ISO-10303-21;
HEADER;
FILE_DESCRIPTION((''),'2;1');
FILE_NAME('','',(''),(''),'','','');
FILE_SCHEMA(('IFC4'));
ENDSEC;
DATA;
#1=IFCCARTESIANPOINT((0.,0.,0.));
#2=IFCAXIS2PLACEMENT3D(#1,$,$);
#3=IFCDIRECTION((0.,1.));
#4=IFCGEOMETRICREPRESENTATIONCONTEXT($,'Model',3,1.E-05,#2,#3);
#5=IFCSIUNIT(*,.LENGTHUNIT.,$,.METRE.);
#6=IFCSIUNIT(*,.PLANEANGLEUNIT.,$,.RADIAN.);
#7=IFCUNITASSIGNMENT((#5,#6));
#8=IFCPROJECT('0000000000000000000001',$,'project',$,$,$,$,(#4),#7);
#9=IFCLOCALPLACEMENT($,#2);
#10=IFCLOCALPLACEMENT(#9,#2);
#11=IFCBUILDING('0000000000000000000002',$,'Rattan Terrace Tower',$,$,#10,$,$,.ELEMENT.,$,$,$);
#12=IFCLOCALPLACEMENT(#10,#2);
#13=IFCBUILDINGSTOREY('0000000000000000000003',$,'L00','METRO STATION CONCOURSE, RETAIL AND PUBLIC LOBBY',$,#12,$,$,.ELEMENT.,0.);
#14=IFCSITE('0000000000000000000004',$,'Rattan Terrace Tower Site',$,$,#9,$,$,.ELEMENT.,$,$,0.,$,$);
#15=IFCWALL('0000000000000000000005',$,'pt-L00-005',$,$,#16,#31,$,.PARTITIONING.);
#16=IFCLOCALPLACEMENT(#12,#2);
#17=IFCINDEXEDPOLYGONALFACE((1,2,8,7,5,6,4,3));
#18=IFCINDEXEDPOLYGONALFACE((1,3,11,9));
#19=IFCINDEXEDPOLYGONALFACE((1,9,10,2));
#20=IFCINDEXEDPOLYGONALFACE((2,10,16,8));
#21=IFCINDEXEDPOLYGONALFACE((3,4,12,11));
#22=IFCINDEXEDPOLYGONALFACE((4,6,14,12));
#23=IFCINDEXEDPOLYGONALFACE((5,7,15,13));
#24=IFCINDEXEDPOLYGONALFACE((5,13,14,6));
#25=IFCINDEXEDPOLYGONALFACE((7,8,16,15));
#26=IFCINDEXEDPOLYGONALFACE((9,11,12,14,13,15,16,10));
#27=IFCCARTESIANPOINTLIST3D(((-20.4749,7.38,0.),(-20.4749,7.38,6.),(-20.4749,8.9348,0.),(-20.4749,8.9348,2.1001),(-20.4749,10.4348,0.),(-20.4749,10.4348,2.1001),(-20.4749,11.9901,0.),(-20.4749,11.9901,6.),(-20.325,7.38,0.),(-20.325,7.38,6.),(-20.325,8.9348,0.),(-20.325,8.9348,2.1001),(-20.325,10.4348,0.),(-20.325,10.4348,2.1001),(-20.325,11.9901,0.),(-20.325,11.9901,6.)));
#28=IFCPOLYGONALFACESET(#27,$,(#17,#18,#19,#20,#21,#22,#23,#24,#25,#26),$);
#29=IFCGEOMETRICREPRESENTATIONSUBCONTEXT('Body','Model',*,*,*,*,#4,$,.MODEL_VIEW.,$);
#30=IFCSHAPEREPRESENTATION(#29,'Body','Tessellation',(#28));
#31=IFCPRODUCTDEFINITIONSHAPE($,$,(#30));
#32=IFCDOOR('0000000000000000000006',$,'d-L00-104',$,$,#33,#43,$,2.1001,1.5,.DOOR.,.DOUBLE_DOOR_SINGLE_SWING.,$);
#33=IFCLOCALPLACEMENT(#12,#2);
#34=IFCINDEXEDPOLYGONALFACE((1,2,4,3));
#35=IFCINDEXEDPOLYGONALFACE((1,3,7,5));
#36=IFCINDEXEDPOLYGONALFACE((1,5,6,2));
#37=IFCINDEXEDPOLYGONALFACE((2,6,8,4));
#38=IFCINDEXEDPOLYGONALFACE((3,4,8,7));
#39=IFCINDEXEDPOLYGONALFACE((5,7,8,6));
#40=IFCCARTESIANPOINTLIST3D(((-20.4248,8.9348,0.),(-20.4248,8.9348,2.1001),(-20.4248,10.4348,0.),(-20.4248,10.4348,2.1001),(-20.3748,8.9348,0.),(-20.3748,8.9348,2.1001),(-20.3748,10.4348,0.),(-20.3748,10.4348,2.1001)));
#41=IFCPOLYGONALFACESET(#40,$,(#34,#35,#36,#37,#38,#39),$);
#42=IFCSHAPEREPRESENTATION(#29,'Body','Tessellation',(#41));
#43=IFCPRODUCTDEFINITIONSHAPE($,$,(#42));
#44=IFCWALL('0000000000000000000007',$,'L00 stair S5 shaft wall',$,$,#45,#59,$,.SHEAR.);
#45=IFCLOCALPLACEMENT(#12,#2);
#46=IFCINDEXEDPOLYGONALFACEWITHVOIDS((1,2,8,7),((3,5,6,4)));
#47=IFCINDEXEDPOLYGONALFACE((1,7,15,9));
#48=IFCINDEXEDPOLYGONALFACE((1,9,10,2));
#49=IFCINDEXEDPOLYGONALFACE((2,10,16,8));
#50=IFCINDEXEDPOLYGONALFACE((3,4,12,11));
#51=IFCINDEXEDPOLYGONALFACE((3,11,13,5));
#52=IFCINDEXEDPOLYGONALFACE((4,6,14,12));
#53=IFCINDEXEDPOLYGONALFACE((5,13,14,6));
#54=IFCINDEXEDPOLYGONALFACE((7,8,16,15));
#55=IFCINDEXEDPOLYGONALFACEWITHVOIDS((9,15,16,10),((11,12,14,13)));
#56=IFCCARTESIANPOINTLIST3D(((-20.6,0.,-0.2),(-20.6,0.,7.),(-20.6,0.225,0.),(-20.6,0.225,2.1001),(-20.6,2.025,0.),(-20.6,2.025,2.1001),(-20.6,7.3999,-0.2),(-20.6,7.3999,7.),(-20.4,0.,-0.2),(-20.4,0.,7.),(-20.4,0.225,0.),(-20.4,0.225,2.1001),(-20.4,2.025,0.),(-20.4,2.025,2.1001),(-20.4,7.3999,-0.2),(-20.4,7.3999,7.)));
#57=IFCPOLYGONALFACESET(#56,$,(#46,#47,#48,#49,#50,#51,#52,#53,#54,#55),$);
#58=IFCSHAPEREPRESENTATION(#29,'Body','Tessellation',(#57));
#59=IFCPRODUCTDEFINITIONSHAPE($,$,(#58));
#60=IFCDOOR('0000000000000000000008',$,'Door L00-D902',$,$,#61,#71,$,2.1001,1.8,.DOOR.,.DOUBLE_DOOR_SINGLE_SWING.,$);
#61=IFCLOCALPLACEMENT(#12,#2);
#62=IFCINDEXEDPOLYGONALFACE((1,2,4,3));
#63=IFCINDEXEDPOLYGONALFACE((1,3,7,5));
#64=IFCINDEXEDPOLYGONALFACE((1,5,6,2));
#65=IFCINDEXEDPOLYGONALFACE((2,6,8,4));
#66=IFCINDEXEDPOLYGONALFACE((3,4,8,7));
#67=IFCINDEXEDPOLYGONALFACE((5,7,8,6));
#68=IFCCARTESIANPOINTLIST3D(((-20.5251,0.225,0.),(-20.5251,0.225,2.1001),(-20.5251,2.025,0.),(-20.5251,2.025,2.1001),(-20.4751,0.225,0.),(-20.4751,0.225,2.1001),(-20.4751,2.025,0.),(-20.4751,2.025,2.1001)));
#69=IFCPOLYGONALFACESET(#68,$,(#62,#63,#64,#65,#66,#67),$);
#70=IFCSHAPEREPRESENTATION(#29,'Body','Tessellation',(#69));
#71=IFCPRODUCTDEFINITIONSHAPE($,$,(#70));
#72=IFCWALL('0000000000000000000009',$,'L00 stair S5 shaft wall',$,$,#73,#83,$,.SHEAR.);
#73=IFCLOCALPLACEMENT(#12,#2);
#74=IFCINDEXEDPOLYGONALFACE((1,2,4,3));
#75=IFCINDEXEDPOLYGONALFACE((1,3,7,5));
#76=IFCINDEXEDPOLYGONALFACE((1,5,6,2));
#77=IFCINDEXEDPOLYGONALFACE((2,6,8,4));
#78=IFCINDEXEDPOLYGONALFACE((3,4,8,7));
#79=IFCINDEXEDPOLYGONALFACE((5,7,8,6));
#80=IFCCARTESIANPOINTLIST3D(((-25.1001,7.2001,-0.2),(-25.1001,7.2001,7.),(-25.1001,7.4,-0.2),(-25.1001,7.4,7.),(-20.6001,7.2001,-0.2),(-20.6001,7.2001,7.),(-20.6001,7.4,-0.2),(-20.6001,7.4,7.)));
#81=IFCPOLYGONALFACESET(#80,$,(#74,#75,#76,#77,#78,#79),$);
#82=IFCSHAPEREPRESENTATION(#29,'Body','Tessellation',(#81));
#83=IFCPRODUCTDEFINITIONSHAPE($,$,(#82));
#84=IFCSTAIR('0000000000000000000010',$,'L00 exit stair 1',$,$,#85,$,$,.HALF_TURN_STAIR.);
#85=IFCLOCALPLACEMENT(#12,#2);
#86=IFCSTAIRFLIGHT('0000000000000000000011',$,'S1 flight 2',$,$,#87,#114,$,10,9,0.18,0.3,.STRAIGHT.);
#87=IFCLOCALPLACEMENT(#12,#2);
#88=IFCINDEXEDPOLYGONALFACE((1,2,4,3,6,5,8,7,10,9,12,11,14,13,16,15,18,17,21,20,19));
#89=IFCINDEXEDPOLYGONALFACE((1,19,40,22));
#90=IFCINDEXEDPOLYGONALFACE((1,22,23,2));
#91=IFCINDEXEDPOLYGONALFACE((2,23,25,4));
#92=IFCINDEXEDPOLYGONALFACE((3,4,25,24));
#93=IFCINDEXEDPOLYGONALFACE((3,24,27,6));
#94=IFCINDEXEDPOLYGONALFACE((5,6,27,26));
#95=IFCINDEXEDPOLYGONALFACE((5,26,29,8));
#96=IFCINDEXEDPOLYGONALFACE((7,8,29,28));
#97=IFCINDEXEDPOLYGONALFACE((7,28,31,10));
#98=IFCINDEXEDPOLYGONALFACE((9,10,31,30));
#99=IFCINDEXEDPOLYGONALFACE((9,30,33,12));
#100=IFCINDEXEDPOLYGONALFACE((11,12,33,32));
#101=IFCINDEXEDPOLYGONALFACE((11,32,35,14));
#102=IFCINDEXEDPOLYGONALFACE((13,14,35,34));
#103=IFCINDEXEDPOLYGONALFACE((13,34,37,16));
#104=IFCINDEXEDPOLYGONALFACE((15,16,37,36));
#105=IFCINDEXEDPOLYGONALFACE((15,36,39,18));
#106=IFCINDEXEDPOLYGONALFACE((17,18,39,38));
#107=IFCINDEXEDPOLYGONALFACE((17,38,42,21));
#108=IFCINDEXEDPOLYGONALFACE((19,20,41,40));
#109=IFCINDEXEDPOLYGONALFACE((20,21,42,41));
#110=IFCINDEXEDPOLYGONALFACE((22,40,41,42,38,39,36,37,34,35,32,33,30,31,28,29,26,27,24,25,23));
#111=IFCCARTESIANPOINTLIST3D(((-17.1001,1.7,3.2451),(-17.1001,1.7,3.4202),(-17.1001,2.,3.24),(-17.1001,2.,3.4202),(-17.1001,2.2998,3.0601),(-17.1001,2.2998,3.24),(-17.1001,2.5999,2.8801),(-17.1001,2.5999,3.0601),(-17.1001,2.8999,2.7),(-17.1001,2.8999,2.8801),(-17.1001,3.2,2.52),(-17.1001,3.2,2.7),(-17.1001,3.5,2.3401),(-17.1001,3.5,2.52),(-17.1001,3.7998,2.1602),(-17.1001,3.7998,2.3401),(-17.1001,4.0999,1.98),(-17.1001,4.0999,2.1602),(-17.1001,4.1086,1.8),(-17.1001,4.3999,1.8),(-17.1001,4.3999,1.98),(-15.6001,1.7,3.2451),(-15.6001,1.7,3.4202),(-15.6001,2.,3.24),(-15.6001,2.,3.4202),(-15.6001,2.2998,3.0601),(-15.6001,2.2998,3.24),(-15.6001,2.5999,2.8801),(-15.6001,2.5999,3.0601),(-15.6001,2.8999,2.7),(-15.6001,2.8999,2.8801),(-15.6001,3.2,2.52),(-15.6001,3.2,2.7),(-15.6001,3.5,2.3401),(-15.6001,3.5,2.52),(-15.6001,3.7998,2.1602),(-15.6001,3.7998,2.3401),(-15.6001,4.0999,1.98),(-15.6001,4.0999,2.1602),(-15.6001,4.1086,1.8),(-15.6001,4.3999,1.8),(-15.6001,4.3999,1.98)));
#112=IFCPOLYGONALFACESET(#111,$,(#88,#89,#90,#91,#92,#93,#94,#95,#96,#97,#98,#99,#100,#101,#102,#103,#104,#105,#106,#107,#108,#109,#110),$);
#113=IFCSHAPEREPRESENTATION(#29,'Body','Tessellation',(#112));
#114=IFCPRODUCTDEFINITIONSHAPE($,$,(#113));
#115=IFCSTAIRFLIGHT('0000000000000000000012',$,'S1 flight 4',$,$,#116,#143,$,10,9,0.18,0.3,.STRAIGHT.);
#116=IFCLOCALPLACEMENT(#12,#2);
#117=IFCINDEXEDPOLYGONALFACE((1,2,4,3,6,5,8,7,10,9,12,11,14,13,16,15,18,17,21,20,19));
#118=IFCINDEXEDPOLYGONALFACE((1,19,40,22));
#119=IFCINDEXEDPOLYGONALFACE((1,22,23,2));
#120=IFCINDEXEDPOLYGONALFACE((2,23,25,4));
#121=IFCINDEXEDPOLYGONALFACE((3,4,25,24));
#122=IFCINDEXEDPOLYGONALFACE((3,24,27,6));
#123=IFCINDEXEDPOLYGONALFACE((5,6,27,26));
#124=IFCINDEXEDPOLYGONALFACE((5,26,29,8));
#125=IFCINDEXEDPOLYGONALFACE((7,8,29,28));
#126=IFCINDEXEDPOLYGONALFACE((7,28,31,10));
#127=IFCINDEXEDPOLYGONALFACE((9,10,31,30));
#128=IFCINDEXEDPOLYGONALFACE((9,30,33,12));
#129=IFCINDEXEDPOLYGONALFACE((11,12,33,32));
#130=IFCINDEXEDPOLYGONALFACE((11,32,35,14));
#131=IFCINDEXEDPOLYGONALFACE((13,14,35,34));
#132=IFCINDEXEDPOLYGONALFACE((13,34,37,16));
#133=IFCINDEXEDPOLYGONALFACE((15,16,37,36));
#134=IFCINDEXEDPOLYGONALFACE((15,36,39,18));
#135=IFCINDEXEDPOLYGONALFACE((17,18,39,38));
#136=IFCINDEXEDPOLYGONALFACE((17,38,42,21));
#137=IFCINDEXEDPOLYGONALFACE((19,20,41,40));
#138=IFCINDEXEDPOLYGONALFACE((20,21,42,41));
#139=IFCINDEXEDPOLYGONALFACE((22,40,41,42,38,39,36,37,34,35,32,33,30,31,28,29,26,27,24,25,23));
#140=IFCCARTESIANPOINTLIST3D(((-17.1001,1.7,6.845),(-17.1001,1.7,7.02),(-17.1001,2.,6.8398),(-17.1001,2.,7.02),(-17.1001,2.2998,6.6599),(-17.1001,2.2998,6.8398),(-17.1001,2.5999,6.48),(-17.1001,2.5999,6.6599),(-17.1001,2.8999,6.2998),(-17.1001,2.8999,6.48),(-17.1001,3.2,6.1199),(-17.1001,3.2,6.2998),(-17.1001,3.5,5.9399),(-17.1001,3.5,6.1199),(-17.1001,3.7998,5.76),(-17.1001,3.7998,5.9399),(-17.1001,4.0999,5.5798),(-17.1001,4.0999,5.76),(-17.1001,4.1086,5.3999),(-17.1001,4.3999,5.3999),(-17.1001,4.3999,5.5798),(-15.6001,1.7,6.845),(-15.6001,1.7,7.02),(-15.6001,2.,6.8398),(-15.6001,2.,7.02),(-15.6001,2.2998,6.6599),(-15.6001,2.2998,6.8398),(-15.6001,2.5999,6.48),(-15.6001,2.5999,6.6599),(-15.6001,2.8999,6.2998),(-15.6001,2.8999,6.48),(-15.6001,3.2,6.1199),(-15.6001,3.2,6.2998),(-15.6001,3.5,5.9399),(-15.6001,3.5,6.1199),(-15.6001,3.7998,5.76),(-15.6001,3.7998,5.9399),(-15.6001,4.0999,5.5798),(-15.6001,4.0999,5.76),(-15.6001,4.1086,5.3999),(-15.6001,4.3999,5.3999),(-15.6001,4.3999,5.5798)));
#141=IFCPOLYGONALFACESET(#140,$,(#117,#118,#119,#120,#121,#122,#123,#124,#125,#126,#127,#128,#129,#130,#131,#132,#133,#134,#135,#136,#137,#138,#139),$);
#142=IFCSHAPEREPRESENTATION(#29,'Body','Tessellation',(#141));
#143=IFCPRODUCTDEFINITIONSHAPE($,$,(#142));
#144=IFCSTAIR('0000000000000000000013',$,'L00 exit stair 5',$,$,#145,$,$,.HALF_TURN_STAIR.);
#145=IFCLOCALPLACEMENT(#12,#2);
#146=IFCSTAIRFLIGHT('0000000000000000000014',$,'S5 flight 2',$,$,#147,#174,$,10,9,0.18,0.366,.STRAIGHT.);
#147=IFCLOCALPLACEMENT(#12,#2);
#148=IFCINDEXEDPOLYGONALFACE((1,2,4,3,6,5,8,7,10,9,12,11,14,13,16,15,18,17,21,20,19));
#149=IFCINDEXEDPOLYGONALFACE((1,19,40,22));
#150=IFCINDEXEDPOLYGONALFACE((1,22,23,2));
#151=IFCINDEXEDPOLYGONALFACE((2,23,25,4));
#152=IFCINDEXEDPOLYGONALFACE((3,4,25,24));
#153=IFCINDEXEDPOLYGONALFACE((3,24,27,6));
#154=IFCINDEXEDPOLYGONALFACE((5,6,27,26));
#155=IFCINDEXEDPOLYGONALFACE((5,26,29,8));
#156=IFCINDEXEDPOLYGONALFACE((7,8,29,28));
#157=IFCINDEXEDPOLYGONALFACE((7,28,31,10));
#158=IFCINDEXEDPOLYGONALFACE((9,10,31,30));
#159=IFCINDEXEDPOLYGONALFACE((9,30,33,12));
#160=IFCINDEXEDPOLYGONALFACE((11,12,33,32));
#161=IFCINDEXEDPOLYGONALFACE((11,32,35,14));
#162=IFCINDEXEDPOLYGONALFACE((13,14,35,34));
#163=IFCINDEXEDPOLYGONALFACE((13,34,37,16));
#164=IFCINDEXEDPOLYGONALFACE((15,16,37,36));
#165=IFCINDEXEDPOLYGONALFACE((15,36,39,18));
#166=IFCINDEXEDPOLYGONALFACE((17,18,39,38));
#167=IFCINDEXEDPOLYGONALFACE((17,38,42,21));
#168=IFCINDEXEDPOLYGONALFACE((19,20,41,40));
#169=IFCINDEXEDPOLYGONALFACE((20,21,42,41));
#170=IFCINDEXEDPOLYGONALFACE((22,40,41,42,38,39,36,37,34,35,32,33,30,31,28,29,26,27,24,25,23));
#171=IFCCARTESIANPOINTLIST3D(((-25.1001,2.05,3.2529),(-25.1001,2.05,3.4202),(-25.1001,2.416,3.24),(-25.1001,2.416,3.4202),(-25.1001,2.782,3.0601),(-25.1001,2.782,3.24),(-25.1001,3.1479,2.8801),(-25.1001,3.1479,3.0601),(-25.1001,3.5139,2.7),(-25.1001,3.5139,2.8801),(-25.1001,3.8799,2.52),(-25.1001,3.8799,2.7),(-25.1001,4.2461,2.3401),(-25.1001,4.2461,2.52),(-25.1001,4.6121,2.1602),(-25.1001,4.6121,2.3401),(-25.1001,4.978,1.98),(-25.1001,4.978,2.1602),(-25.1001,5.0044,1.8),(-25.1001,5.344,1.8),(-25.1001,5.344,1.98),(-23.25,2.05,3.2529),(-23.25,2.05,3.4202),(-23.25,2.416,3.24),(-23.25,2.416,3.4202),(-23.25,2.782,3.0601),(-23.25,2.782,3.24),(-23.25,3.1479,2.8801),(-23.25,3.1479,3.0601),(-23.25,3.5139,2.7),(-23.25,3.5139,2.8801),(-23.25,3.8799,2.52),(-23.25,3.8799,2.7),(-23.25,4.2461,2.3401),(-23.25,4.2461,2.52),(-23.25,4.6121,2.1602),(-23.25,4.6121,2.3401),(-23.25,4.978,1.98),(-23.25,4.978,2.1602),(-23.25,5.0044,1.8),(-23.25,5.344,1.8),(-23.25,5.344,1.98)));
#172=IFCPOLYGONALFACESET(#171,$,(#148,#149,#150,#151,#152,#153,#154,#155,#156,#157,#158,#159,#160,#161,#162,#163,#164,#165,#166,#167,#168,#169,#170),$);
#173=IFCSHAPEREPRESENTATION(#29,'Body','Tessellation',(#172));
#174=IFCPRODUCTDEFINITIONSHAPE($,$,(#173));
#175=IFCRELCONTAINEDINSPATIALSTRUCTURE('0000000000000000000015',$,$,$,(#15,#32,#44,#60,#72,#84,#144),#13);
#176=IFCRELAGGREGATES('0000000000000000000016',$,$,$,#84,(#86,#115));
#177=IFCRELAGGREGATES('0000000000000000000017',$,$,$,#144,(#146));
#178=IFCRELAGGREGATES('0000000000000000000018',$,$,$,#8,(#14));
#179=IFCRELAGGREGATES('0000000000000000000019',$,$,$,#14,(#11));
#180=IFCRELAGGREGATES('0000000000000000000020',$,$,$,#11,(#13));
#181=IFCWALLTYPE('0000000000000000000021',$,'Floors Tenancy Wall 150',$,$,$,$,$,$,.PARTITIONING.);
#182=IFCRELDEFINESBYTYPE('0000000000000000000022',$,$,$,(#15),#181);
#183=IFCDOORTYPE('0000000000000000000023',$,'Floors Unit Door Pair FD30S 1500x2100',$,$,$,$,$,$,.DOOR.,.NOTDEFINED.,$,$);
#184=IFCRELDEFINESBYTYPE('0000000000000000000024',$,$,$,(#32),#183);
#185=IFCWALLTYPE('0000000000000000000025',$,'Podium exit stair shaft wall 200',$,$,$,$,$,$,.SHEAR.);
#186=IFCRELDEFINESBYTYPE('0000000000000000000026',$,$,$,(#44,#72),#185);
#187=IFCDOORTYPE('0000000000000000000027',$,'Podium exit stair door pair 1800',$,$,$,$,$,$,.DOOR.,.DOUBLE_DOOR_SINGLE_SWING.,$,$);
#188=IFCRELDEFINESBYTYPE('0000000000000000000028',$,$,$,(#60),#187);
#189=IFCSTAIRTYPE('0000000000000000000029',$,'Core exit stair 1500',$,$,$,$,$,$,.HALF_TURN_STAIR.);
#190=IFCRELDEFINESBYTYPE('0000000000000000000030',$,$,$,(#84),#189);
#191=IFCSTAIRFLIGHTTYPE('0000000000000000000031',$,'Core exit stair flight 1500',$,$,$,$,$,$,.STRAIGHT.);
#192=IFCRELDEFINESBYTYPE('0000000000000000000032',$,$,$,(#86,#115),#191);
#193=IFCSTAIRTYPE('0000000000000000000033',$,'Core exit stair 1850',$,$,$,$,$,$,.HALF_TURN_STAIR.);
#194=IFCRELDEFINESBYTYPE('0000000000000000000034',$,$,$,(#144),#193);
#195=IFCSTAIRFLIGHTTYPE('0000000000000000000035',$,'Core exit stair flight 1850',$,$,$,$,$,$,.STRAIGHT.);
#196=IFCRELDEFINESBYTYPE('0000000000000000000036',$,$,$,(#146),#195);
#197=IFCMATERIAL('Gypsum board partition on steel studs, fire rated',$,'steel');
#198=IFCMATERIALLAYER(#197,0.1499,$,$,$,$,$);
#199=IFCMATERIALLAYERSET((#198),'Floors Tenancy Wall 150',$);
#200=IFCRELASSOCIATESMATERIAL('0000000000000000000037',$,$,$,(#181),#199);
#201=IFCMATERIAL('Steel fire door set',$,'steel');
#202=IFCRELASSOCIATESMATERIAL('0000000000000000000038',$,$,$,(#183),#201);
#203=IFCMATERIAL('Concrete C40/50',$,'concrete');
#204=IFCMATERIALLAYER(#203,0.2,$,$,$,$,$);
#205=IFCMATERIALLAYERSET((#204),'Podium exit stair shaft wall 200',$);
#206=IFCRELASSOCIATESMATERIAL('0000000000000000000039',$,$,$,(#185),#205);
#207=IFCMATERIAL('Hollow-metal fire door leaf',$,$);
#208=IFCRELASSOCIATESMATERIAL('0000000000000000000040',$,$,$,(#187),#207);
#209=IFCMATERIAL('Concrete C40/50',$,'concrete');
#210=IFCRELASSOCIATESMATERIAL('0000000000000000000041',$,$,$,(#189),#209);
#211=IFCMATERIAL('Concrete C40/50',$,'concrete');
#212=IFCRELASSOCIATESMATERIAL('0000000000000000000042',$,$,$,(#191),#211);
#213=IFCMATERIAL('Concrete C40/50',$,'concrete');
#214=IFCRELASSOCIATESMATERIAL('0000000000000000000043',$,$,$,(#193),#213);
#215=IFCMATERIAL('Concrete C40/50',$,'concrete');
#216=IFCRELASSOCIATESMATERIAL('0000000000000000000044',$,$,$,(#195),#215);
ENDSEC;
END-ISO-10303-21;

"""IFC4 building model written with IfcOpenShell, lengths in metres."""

from ifc_helpers import new_model, si_unit, direction, frame, frame_2d, origin, place, context, subcontext, project, spatial, polyline, rectangle, outline, extrude, material, layer, layer_set, type_object, element, fill, aggregate, save


model = new_model("IFC4")

# Units and contexts
model_context = context("Model", 3, precision=1e-05, world=origin(), true_north=direction((0.0, 1.0)))
body_context = subcontext(model_context, "Body", "Model", "MODEL_VIEW")
ifc_project = project(units=[si_unit("LENGTHUNIT", "METRE"), si_unit("PLANEANGLEUNIT", "RADIAN")], contexts=[model_context])

# Site, building, storey
site_placement = place(None, origin())
site = spatial("IfcSite", under=ifc_project, at=site_placement, Name="Rattan Terrace Tower Site", CompositionType="ELEMENT", RefElevation=0.0)
building_placement = place(site_placement, origin())
building = spatial("IfcBuilding", under=site, at=building_placement, Name="Rattan Terrace Tower", CompositionType="ELEMENT")
storey_placement = place(building_placement, origin())
storey = spatial("IfcBuildingStorey", under=building, at=storey_placement, Name="L00", Description="METRO STATION CONCOURSE, RETAIL AND PUBLIC LOBBY", CompositionType="ELEMENT", Elevation=0.0)

# Walls, openings, doors
ifc_material_1 = material(Name="Gypsum board partition on steel studs, fire rated", Category="steel")
ifc_layer_1 = layer(ifc_material_1, 0.1499)
ifc_layer_set_1 = layer_set([ifc_layer_1], Name="Floors Tenancy Wall 150")
wall_type_1 = type_object("IfcWallType", Name="Floors Tenancy Wall 150", PredefinedType="PARTITIONING", material=ifc_layer_set_1)
wall_1_placement = place(storey_placement, frame((-20.3999, 7.3799, 0.0), z_axis=(0.0, 0.0, 1.0), x_axis=(0.0, 1.0, 0.0)))
wall_1 = element("IfcWall", 1, at=wall_1_placement, inside=storey, type_object=wall_type_1, Name="pt-L00-005", PredefinedType="PARTITIONING", context=body_context, shape_type="SweptSolid", body=[
    extrude(rectangle(XDim=4.6101, YDim=0.1499, at=frame_2d((2.3052, 0.0))), origin(), (0.0, 0.0, 1.0), 6.0),
])
opening_1_placement = place(wall_1_placement, frame((1.5549, 0.0, 0.0)))
opening_1 = element("IfcOpeningElement", 2, at=opening_1_placement, cuts=wall_1, PredefinedType="OPENING", context=body_context, shape_type="SweptSolid", body=[
    extrude(rectangle(XDim=1.5, YDim=2.1001, at=frame_2d((0.75, 1.05))), frame((0.0, 0.0854, 0.0), z_axis=(0.0, -1.0, 0.0), x_axis=(1.0, 0.0, 0.0)), (0.0, 0.0, 1.0), 0.1709),
])
ifc_material_2 = material(Name="Steel fire door set", Category="steel")
door_type_1 = type_object("IfcDoorType", Name="Floors Unit Door Pair FD30S 1500x2100", OperationType="NOTDEFINED", PredefinedType="DOOR", material=ifc_material_2)
door_1_placement = place(opening_1_placement, origin())
door_1 = element("IfcDoor", 3, at=door_1_placement, inside=storey, type_object=door_type_1, Name="d-L00-104", OperationType="DOUBLE_DOOR_SINGLE_SWING", OverallHeight=2.1001, OverallWidth=1.5, PredefinedType="DOOR", context=body_context, shape_type="SweptSolid", body=[
    extrude(rectangle(XDim=1.5, YDim=2.1001, at=frame_2d((0.75, 1.05))), frame((0.0, 0.0249, 0.0), z_axis=(0.0, -1.0, 0.0), x_axis=(1.0, 0.0, 0.0)), (0.0, 0.0, 1.0), 0.05),
])
fill(opening_1, door_1)
ifc_material_3 = material(Name="Concrete C40/50", Category="concrete")
ifc_layer_2 = layer(ifc_material_3, 0.2)
ifc_layer_set_2 = layer_set([ifc_layer_2], Name="Podium exit stair shaft wall 200")
wall_type_2 = type_object("IfcWallType", Name="Podium exit stair shaft wall 200", PredefinedType="SHEAR", material=ifc_layer_set_2)
wall_2_placement = place(storey_placement, frame((-20.5, 7.3999, -0.2), z_axis=(0.0, 0.0, 1.0), x_axis=(0.0, -1.0, 0.0)))
wall_2 = element("IfcWall", 4, at=wall_2_placement, inside=storey, type_object=wall_type_2, Name="L00 stair S5 shaft wall", PredefinedType="SHEAR", context=body_context, shape_type="SweptSolid", body=[
    extrude(rectangle(XDim=7.3999, YDim=0.2, at=frame_2d((3.7, 0.0))), origin(), (0.0, 0.0, 1.0), 7.2),
])
opening_2_placement = place(wall_2_placement, frame((5.375, 0.0, 0.2)))
opening_2 = element("IfcOpeningElement", 5, at=opening_2_placement, cuts=wall_2, PredefinedType="OPENING", context=body_context, shape_type="SweptSolid", body=[
    extrude(rectangle(XDim=1.8, YDim=2.1001, at=frame_2d((0.8999, 1.05))), frame((0.0, 0.1106, 0.0), z_axis=(0.0, -1.0, 0.0), x_axis=(1.0, 0.0, 0.0)), (0.0, 0.0, 1.0), 0.2209),
])
ifc_material_4 = material(Name="Hollow-metal fire door leaf")
door_type_2 = type_object("IfcDoorType", Name="Podium exit stair door pair 1800", OperationType="DOUBLE_DOOR_SINGLE_SWING", PredefinedType="DOOR", material=ifc_material_4)
door_2_placement = place(opening_2_placement, origin())
door_2 = element("IfcDoor", 6, at=door_2_placement, inside=storey, type_object=door_type_2, Name="Door L00-D902", OperationType="DOUBLE_DOOR_SINGLE_SWING", OverallHeight=2.1001, OverallWidth=1.8, PredefinedType="DOOR", context=body_context, shape_type="SweptSolid", body=[
    extrude(rectangle(XDim=1.8, YDim=2.1001, at=frame_2d((0.8999, 1.05))), frame((0.0, 0.0249, 0.0), z_axis=(0.0, -1.0, 0.0), x_axis=(1.0, 0.0, 0.0)), (0.0, 0.0, 1.0), 0.05),
])
fill(opening_2, door_2)

# Wall
wall_3_placement = place(storey_placement, frame((-25.1001, 7.3, -0.2), z_axis=(0.0, 0.0, 1.0), x_axis=(1.0, 0.0, 0.0)))
element("IfcWall", 7, at=wall_3_placement, inside=storey, type_object=wall_type_2, Name="L00 stair S5 shaft wall", PredefinedType="SHEAR", context=body_context, shape_type="SweptSolid", body=[
    extrude(rectangle(XDim=4.5, YDim=0.2, at=frame_2d((2.25, 0.0))), origin(), (0.0, 0.0, 1.0), 7.2),
])

# Stairs, stair flights
ifc_material_5 = material(Name="Concrete C40/50", Category="concrete")
stair_type_1 = type_object("IfcStairType", Name="Core exit stair 1500", PredefinedType="HALF_TURN_STAIR", material=ifc_material_5)
stair_1_placement = place(storey_placement, origin())
stair_1 = element("IfcStair", 8, at=stair_1_placement, inside=storey, type_object=stair_type_1, Name="L00 exit stair 1", PredefinedType="HALF_TURN_STAIR")
ifc_material_6 = material(Name="Concrete C40/50", Category="concrete")
stair_flight_type_1 = type_object("IfcStairFlightType", Name="Core exit stair flight 1500", PredefinedType="STRAIGHT", material=ifc_material_6)
stair_flight_1_placement = place(storey_placement, frame((-16.3501, 4.3999, 1.8), z_axis=(0.0, 0.0, 1.0), x_axis=(0.0, -1.0, 0.0)))
stair_flight_1 = element("IfcStairFlight", 9, at=stair_flight_1_placement, type_object=stair_flight_type_1, Name="S1 flight 2", NumberOfRisers=10, NumberOfTreads=9, PredefinedType="STRAIGHT", RiserHeight=0.18, TreadLength=0.3, context=body_context, shape_type="SweptSolid", body=[
    extrude(outline(polyline([(0.0, 0.0), (0.0, 0.1799), (0.3, 0.1799), (0.3, 0.3601), (0.6001, 0.3601), (0.6001, 0.54), (0.8999, 0.54), (0.8999, 0.72), (1.2, 0.72), (1.2, 0.8999), (1.5, 0.8999), (1.5, 1.0801), (1.8, 1.0801), (1.8, 1.26), (2.1001, 1.26), (2.1001, 1.4399), (2.3999, 1.4399), (2.3999, 1.6201), (2.7, 1.6201), (2.7, 1.8), (2.7, 1.4451), (0.2913, 0.0), (0.0, 0.0)])), frame((0.0, 0.75, 0.0), z_axis=(0.0, -1.0, 0.0), x_axis=(1.0, 0.0, 0.0)), (0.0, 0.0, 1.0), 1.5),
])
stair_flight_2_placement = place(storey_placement, frame((-16.3501, 4.3999, 5.3999), z_axis=(0.0, 0.0, 1.0), x_axis=(0.0, -1.0, 0.0)))
stair_flight_2 = element("IfcStairFlight", 10, at=stair_flight_2_placement, type_object=stair_flight_type_1, Name="S1 flight 4", NumberOfRisers=10, NumberOfTreads=9, PredefinedType="STRAIGHT", RiserHeight=0.18, TreadLength=0.3, context=body_context, shape_type="SweptSolid", body=[
    extrude(outline(polyline([(0.0, 0.0), (0.0, 0.1799), (0.3, 0.1799), (0.3, 0.3601), (0.6001, 0.3601), (0.6001, 0.54), (0.8999, 0.54), (0.8999, 0.72), (1.2, 0.72), (1.2, 0.8999), (1.5, 0.8999), (1.5, 1.0801), (1.8, 1.0801), (1.8, 1.26), (2.1001, 1.26), (2.1001, 1.4399), (2.3999, 1.4399), (2.3999, 1.6201), (2.7, 1.6201), (2.7, 1.8), (2.7, 1.4451), (0.2913, 0.0), (0.0, 0.0)])), frame((0.0, 0.75, 0.0), z_axis=(0.0, -1.0, 0.0), x_axis=(1.0, 0.0, 0.0)), (0.0, 0.0, 1.0), 1.5),
])
aggregate(stair_1, [stair_flight_1, stair_flight_2])
ifc_material_7 = material(Name="Concrete C40/50", Category="concrete")
stair_type_2 = type_object("IfcStairType", Name="Core exit stair 1850", PredefinedType="HALF_TURN_STAIR", material=ifc_material_7)
stair_2_placement = place(storey_placement, origin())
stair_2 = element("IfcStair", 11, at=stair_2_placement, inside=storey, type_object=stair_type_2, Name="L00 exit stair 5", PredefinedType="HALF_TURN_STAIR")
ifc_material_8 = material(Name="Concrete C40/50", Category="concrete")
stair_flight_type_2 = type_object("IfcStairFlightType", Name="Core exit stair flight 1850", PredefinedType="STRAIGHT", material=ifc_material_8)
stair_flight_3_placement = place(storey_placement, frame((-24.175, 5.344, 1.8), z_axis=(0.0, 0.0, 1.0), x_axis=(0.0, -1.0, 0.0)))
stair_flight_3 = element("IfcStairFlight", 12, at=stair_flight_3_placement, type_object=stair_flight_type_2, Name="S5 flight 2", NumberOfRisers=10, NumberOfTreads=9, PredefinedType="STRAIGHT", RiserHeight=0.18, TreadLength=0.366, context=body_context, shape_type="SweptSolid", body=[
    extrude(outline(polyline([(0.0, 0.0), (0.0, 0.1799), (0.366, 0.1799), (0.366, 0.3601), (0.7319, 0.3601), (0.7319, 0.54), (1.0979, 0.54), (1.0979, 0.72), (1.4641, 0.72), (1.4641, 0.8999), (1.8301, 0.8999), (1.8301, 1.0801), (2.196, 1.0801), (2.196, 1.26), (2.562, 1.26), (2.562, 1.4399), (2.928, 1.4399), (2.928, 1.6201), (3.2939, 1.6201), (3.2939, 1.8), (3.2939, 1.4529), (0.3396, 0.0), (0.0, 0.0)])), frame((0.0, 0.925, 0.0), z_axis=(0.0, -1.0, 0.0), x_axis=(1.0, 0.0, 0.0)), (0.0, 0.0, 1.0), 1.8501),
])
aggregate(stair_2, [stair_flight_3])

save(model, "model.ifc")
